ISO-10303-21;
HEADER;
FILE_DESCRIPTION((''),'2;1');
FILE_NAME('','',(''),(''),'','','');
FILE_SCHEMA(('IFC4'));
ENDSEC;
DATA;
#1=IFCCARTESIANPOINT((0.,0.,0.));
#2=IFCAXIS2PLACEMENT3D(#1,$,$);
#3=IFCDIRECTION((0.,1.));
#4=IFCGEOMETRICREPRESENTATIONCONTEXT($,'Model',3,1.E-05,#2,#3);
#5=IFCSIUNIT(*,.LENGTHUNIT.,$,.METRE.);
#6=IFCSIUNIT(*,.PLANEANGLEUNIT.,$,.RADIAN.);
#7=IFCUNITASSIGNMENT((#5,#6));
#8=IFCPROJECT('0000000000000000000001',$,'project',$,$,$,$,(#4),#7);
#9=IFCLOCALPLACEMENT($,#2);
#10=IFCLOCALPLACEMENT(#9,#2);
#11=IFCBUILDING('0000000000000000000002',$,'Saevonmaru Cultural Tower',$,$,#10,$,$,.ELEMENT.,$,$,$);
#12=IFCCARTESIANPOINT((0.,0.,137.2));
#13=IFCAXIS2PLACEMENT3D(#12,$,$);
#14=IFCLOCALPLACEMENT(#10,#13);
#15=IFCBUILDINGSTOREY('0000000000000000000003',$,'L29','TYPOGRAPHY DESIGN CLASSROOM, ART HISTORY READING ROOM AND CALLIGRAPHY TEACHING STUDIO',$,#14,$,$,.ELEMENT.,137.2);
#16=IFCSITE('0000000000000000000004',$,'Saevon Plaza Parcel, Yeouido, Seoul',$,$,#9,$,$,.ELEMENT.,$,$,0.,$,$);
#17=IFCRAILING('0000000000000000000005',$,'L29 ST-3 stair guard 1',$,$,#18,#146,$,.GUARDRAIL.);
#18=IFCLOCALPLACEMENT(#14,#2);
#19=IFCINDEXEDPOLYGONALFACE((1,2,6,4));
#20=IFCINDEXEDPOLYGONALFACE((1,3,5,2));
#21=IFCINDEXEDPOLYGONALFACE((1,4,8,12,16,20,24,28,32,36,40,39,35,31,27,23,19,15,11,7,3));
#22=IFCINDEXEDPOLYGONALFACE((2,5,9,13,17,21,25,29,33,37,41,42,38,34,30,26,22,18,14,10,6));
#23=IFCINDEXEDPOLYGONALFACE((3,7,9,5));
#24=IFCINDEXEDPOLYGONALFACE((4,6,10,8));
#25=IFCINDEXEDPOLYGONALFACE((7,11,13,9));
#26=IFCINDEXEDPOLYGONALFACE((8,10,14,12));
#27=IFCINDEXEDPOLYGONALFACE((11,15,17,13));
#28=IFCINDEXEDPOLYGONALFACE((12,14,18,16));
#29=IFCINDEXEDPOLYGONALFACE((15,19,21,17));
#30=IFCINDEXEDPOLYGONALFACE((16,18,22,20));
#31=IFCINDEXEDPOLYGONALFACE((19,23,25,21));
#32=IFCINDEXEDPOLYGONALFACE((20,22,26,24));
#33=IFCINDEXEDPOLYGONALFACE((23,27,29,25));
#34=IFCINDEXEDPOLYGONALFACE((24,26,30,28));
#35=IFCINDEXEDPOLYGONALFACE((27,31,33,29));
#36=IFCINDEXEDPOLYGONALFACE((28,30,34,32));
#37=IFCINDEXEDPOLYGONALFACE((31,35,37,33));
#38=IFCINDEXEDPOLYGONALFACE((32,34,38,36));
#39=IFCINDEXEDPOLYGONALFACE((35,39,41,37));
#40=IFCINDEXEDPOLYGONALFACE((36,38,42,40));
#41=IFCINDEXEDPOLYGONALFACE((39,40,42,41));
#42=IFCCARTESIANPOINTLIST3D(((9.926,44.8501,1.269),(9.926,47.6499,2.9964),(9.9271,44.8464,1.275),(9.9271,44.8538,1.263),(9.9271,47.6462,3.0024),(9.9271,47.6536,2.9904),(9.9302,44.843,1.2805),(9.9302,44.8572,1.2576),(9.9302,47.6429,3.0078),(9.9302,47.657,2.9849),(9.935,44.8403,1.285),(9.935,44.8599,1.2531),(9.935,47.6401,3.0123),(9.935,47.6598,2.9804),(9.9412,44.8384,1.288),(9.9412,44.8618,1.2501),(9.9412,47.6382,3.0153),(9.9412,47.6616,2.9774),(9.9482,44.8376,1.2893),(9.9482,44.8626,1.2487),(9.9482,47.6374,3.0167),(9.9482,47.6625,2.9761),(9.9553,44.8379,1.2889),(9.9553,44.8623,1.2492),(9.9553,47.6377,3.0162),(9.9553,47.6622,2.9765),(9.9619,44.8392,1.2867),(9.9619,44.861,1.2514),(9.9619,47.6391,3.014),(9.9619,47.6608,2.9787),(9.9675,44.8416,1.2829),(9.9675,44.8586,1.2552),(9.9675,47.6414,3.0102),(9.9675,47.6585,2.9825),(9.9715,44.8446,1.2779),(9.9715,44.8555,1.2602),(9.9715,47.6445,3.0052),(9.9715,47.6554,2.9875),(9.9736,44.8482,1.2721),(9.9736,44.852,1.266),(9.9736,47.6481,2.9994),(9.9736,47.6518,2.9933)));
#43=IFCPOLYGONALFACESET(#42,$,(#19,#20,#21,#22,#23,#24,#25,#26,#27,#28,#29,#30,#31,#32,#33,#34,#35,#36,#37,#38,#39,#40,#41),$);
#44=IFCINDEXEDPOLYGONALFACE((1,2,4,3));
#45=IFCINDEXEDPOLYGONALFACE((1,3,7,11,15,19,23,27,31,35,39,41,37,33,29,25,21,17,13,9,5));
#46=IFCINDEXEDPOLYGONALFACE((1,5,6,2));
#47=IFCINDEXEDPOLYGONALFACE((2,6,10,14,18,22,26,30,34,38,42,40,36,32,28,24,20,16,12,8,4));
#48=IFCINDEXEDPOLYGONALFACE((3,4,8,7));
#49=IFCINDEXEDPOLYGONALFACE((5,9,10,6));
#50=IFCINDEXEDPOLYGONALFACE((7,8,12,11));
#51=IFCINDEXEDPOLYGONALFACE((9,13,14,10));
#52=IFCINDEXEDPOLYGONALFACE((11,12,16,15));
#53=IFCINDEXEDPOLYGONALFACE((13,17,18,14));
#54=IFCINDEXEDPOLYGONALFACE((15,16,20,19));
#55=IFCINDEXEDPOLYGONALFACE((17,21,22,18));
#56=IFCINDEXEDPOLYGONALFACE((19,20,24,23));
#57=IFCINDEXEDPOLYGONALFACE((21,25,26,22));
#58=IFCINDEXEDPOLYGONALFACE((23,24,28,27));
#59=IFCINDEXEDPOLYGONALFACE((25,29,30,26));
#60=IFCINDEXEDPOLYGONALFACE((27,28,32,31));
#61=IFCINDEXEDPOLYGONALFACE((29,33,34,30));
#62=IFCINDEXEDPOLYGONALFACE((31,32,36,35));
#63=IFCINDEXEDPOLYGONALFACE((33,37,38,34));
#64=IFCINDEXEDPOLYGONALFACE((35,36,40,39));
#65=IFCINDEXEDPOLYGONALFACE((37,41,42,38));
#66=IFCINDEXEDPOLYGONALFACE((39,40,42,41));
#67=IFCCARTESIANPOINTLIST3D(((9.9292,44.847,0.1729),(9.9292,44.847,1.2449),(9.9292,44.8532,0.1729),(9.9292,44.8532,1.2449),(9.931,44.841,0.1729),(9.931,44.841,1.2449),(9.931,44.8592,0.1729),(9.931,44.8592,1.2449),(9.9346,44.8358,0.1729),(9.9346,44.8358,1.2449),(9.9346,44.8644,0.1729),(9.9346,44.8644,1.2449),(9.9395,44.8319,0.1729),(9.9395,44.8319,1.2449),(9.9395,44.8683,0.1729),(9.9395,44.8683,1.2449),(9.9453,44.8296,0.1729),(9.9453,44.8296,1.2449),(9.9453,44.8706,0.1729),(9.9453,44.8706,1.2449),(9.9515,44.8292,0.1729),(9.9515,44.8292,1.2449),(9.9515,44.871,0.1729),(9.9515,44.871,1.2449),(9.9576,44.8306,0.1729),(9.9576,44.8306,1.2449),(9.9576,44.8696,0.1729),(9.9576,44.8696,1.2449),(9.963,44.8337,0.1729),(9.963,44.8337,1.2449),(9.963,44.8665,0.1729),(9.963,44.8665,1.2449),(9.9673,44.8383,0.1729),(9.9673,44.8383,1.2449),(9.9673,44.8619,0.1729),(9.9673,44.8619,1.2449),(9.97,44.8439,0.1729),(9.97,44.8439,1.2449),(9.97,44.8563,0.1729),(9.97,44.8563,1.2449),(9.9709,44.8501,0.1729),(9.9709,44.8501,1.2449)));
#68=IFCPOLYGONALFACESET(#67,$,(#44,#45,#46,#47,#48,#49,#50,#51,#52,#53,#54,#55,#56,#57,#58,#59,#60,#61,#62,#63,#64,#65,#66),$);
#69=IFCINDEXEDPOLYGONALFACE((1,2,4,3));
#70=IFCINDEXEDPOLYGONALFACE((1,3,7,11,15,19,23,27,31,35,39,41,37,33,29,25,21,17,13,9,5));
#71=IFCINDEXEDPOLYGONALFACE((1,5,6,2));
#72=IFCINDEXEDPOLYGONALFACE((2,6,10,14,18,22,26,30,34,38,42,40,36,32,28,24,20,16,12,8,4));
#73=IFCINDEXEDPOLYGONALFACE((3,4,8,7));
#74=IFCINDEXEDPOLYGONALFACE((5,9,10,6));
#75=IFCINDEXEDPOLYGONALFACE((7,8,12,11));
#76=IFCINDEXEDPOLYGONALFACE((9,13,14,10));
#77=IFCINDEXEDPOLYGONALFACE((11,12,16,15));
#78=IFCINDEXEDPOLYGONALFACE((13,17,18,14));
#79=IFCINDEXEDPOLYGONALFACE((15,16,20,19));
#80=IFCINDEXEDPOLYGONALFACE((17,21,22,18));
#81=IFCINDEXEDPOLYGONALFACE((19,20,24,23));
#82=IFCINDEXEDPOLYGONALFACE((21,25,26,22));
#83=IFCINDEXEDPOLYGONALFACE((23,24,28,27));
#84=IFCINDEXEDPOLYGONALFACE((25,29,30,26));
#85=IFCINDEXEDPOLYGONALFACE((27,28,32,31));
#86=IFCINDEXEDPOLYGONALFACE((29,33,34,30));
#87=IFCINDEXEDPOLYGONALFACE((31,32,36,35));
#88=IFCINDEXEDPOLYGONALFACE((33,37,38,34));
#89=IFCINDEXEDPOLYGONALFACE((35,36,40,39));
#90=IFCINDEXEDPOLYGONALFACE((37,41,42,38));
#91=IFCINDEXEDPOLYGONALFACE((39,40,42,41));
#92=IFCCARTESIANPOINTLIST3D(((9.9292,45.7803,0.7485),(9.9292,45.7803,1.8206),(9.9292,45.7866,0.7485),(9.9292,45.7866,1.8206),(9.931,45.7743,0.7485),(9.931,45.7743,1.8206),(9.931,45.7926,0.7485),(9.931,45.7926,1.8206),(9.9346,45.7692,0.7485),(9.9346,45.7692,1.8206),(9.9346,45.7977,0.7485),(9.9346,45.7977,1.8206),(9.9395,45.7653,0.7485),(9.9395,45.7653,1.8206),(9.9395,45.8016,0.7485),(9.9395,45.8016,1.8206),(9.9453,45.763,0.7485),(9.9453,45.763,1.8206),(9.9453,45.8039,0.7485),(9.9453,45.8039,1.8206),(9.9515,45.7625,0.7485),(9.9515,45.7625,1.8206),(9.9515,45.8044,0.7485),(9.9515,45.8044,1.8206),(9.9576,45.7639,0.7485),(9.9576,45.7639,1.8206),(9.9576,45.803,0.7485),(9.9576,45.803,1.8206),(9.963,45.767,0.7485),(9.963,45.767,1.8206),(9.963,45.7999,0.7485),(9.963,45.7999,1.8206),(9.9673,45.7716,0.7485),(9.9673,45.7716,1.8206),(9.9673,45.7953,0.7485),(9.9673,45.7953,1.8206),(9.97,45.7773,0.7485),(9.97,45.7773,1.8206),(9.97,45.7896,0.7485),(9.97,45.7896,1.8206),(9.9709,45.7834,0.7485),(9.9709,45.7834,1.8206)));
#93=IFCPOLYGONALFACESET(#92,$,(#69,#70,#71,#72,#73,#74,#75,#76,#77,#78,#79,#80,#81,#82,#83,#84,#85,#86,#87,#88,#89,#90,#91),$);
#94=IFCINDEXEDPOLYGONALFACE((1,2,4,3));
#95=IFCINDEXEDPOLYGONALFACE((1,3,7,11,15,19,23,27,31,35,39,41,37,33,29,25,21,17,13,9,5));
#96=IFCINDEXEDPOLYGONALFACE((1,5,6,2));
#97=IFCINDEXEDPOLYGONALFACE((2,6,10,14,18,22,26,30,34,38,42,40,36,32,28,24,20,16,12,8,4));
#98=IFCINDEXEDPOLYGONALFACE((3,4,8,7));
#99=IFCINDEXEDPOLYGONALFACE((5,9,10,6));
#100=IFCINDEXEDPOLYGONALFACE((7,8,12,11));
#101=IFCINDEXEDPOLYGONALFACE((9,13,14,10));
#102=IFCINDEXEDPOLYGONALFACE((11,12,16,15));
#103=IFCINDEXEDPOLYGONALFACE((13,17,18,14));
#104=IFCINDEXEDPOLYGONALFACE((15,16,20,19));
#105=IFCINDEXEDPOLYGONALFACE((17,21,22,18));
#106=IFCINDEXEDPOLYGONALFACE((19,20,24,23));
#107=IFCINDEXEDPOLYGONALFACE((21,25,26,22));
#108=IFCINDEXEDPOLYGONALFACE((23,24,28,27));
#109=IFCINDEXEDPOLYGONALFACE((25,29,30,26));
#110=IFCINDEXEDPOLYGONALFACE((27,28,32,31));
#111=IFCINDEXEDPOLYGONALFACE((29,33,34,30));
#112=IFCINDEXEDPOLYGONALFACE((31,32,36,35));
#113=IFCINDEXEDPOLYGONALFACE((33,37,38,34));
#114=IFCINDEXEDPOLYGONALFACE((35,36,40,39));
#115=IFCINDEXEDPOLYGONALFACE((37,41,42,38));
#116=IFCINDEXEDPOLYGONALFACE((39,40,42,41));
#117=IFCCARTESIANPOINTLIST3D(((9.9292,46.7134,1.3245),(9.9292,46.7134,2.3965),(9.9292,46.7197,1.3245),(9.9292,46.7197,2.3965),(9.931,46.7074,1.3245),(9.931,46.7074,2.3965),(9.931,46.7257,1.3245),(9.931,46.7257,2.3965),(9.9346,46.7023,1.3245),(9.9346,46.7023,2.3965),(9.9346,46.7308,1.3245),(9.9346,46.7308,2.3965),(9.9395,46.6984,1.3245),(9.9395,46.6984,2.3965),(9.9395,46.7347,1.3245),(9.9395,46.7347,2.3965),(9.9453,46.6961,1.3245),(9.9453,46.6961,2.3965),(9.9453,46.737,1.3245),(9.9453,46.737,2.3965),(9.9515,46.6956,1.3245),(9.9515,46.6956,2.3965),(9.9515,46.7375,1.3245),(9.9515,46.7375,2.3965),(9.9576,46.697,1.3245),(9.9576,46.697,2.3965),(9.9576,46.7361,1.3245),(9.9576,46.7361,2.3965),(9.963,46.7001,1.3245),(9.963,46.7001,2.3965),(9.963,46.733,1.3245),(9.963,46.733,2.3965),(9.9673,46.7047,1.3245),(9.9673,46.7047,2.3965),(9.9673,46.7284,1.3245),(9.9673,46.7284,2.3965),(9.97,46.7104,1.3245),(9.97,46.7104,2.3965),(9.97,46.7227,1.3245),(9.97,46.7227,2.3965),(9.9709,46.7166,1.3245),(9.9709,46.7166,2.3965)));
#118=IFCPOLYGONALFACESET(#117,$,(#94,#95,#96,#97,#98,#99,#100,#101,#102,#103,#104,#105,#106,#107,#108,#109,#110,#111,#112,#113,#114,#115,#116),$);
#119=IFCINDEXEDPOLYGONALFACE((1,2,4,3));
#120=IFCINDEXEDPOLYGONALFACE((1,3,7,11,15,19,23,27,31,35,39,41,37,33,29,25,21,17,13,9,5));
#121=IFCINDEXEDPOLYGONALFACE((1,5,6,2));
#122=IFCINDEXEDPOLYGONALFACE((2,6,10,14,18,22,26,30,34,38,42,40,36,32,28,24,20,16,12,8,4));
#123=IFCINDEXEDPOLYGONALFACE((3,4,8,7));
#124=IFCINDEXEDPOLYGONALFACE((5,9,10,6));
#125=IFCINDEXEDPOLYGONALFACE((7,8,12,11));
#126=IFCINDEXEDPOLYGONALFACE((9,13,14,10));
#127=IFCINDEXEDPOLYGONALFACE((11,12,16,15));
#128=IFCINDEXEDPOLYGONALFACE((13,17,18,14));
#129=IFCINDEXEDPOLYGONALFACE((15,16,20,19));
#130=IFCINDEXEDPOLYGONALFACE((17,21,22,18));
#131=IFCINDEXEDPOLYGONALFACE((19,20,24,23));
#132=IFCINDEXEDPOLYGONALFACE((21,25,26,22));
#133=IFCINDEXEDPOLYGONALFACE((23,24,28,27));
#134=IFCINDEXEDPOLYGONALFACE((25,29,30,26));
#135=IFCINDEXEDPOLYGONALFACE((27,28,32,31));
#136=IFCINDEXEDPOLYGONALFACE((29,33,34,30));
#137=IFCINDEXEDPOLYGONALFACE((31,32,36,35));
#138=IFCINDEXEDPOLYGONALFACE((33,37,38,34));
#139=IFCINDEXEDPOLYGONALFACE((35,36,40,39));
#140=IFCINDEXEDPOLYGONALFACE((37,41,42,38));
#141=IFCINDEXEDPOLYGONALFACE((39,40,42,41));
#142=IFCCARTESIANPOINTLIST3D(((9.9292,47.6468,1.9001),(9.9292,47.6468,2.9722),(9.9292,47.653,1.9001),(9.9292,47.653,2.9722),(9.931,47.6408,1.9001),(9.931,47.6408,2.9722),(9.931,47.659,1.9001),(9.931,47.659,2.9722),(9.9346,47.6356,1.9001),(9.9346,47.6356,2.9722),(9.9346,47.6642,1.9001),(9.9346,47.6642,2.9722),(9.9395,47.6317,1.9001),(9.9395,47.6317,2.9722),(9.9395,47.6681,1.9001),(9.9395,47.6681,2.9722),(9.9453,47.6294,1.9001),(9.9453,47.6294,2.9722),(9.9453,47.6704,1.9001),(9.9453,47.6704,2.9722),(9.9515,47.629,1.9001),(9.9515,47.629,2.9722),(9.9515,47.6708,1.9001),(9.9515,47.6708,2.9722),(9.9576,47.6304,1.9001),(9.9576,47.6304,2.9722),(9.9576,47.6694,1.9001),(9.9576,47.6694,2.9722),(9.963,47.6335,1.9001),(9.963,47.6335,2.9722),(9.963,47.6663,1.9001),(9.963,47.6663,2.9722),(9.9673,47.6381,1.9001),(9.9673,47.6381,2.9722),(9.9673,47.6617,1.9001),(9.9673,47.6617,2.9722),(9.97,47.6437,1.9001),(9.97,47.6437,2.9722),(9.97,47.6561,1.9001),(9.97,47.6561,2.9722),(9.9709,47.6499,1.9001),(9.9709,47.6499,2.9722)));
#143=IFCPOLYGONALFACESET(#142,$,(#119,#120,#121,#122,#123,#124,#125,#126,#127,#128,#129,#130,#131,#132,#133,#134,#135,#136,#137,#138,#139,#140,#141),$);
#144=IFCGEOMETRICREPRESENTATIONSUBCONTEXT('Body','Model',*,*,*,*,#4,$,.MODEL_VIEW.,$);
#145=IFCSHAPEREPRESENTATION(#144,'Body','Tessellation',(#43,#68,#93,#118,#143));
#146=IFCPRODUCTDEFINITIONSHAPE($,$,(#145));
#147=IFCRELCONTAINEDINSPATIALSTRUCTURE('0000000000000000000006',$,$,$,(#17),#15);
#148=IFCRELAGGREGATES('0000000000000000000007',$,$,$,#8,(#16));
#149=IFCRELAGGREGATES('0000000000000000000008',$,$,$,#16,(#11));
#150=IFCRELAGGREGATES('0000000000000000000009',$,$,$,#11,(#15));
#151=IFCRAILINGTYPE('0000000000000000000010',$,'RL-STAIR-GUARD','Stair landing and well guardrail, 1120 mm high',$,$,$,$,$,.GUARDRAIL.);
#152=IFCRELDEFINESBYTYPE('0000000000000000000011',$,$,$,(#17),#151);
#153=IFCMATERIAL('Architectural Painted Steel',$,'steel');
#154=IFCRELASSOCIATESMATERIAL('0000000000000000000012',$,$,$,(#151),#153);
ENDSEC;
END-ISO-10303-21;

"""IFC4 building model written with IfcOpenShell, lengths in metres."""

from ifc_helpers import new_model, si_unit, direction, frame, origin, origin_2d, place, context, subcontext, project, spatial, circle, extrude, material, type_object, element, save


model = new_model("IFC4")

# Units and contexts
model_context = context("Model", 3, precision=1e-05, world=origin(), true_north=direction((0.0, 1.0)))
body_context = subcontext(model_context, "Body", "Model", "MODEL_VIEW")
ifc_project = project(units=[si_unit("LENGTHUNIT", "METRE"), si_unit("PLANEANGLEUNIT", "RADIAN")], contexts=[model_context])

# Site, building, storey
site_placement = place(None, origin())
site = spatial("IfcSite", under=ifc_project, at=site_placement, Name="Saevon Plaza Parcel, Yeouido, Seoul", CompositionType="ELEMENT", RefElevation=0.0)
building_placement = place(site_placement, origin())
building = spatial("IfcBuilding", under=site, at=building_placement, Name="Saevonmaru Cultural Tower", CompositionType="ELEMENT")
storey_placement = place(building_placement, frame((0.0, 0.0, 137.2)))
storey = spatial("IfcBuildingStorey", under=building, at=storey_placement, Name="L29", Description="TYPOGRAPHY DESIGN CLASSROOM, ART HISTORY READING ROOM AND CALLIGRAPHY TEACHING STUDIO", CompositionType="ELEMENT", Elevation=137.2)

# Railing
ifc_material_1 = material(Name="Architectural Painted Steel", Category="steel")
railing_type_1 = type_object("IfcRailingType", Name="RL-STAIR-GUARD", Description="Stair landing and well guardrail, 1120 mm high", PredefinedType="GUARDRAIL", material=ifc_material_1)
railing_1_placement = place(storey_placement, frame((9.95, 44.8501, 0.1729)))
element("IfcRailing", 1, at=railing_1_placement, inside=storey, type_object=railing_type_1, Name="L29 ST-3 stair guard 1", PredefinedType="GUARDRAIL", context=body_context, shape_type="SweptSolid", body=[
    extrude(circle(Radius=0.0239, at=origin_2d()), frame((0.0, 0.0, 1.0962), z_axis=(0.0, 0.851069, 0.525054), x_axis=(-1.0, 0.0, 0.0)), (0.0, 0.0, 1.0), 3.2898),
    extrude(circle(Radius=0.021, at=origin_2d()), origin(), (0.0, 0.0, 1.0), 1.072),
    extrude(circle(Radius=0.021, at=origin_2d()), frame((0.0, 0.9333, 0.5757)), (0.0, 0.0, 1.0), 1.072),
    extrude(circle(Radius=0.021, at=origin_2d()), frame((0.0, 1.8665, 1.1516)), (0.0, 0.0, 1.0), 1.072),
    extrude(circle(Radius=0.021, at=origin_2d()), frame((0.0, 2.7998, 1.7273)), (0.0, 0.0, 1.0), 1.072),
])

save(model, "model.ifc")
